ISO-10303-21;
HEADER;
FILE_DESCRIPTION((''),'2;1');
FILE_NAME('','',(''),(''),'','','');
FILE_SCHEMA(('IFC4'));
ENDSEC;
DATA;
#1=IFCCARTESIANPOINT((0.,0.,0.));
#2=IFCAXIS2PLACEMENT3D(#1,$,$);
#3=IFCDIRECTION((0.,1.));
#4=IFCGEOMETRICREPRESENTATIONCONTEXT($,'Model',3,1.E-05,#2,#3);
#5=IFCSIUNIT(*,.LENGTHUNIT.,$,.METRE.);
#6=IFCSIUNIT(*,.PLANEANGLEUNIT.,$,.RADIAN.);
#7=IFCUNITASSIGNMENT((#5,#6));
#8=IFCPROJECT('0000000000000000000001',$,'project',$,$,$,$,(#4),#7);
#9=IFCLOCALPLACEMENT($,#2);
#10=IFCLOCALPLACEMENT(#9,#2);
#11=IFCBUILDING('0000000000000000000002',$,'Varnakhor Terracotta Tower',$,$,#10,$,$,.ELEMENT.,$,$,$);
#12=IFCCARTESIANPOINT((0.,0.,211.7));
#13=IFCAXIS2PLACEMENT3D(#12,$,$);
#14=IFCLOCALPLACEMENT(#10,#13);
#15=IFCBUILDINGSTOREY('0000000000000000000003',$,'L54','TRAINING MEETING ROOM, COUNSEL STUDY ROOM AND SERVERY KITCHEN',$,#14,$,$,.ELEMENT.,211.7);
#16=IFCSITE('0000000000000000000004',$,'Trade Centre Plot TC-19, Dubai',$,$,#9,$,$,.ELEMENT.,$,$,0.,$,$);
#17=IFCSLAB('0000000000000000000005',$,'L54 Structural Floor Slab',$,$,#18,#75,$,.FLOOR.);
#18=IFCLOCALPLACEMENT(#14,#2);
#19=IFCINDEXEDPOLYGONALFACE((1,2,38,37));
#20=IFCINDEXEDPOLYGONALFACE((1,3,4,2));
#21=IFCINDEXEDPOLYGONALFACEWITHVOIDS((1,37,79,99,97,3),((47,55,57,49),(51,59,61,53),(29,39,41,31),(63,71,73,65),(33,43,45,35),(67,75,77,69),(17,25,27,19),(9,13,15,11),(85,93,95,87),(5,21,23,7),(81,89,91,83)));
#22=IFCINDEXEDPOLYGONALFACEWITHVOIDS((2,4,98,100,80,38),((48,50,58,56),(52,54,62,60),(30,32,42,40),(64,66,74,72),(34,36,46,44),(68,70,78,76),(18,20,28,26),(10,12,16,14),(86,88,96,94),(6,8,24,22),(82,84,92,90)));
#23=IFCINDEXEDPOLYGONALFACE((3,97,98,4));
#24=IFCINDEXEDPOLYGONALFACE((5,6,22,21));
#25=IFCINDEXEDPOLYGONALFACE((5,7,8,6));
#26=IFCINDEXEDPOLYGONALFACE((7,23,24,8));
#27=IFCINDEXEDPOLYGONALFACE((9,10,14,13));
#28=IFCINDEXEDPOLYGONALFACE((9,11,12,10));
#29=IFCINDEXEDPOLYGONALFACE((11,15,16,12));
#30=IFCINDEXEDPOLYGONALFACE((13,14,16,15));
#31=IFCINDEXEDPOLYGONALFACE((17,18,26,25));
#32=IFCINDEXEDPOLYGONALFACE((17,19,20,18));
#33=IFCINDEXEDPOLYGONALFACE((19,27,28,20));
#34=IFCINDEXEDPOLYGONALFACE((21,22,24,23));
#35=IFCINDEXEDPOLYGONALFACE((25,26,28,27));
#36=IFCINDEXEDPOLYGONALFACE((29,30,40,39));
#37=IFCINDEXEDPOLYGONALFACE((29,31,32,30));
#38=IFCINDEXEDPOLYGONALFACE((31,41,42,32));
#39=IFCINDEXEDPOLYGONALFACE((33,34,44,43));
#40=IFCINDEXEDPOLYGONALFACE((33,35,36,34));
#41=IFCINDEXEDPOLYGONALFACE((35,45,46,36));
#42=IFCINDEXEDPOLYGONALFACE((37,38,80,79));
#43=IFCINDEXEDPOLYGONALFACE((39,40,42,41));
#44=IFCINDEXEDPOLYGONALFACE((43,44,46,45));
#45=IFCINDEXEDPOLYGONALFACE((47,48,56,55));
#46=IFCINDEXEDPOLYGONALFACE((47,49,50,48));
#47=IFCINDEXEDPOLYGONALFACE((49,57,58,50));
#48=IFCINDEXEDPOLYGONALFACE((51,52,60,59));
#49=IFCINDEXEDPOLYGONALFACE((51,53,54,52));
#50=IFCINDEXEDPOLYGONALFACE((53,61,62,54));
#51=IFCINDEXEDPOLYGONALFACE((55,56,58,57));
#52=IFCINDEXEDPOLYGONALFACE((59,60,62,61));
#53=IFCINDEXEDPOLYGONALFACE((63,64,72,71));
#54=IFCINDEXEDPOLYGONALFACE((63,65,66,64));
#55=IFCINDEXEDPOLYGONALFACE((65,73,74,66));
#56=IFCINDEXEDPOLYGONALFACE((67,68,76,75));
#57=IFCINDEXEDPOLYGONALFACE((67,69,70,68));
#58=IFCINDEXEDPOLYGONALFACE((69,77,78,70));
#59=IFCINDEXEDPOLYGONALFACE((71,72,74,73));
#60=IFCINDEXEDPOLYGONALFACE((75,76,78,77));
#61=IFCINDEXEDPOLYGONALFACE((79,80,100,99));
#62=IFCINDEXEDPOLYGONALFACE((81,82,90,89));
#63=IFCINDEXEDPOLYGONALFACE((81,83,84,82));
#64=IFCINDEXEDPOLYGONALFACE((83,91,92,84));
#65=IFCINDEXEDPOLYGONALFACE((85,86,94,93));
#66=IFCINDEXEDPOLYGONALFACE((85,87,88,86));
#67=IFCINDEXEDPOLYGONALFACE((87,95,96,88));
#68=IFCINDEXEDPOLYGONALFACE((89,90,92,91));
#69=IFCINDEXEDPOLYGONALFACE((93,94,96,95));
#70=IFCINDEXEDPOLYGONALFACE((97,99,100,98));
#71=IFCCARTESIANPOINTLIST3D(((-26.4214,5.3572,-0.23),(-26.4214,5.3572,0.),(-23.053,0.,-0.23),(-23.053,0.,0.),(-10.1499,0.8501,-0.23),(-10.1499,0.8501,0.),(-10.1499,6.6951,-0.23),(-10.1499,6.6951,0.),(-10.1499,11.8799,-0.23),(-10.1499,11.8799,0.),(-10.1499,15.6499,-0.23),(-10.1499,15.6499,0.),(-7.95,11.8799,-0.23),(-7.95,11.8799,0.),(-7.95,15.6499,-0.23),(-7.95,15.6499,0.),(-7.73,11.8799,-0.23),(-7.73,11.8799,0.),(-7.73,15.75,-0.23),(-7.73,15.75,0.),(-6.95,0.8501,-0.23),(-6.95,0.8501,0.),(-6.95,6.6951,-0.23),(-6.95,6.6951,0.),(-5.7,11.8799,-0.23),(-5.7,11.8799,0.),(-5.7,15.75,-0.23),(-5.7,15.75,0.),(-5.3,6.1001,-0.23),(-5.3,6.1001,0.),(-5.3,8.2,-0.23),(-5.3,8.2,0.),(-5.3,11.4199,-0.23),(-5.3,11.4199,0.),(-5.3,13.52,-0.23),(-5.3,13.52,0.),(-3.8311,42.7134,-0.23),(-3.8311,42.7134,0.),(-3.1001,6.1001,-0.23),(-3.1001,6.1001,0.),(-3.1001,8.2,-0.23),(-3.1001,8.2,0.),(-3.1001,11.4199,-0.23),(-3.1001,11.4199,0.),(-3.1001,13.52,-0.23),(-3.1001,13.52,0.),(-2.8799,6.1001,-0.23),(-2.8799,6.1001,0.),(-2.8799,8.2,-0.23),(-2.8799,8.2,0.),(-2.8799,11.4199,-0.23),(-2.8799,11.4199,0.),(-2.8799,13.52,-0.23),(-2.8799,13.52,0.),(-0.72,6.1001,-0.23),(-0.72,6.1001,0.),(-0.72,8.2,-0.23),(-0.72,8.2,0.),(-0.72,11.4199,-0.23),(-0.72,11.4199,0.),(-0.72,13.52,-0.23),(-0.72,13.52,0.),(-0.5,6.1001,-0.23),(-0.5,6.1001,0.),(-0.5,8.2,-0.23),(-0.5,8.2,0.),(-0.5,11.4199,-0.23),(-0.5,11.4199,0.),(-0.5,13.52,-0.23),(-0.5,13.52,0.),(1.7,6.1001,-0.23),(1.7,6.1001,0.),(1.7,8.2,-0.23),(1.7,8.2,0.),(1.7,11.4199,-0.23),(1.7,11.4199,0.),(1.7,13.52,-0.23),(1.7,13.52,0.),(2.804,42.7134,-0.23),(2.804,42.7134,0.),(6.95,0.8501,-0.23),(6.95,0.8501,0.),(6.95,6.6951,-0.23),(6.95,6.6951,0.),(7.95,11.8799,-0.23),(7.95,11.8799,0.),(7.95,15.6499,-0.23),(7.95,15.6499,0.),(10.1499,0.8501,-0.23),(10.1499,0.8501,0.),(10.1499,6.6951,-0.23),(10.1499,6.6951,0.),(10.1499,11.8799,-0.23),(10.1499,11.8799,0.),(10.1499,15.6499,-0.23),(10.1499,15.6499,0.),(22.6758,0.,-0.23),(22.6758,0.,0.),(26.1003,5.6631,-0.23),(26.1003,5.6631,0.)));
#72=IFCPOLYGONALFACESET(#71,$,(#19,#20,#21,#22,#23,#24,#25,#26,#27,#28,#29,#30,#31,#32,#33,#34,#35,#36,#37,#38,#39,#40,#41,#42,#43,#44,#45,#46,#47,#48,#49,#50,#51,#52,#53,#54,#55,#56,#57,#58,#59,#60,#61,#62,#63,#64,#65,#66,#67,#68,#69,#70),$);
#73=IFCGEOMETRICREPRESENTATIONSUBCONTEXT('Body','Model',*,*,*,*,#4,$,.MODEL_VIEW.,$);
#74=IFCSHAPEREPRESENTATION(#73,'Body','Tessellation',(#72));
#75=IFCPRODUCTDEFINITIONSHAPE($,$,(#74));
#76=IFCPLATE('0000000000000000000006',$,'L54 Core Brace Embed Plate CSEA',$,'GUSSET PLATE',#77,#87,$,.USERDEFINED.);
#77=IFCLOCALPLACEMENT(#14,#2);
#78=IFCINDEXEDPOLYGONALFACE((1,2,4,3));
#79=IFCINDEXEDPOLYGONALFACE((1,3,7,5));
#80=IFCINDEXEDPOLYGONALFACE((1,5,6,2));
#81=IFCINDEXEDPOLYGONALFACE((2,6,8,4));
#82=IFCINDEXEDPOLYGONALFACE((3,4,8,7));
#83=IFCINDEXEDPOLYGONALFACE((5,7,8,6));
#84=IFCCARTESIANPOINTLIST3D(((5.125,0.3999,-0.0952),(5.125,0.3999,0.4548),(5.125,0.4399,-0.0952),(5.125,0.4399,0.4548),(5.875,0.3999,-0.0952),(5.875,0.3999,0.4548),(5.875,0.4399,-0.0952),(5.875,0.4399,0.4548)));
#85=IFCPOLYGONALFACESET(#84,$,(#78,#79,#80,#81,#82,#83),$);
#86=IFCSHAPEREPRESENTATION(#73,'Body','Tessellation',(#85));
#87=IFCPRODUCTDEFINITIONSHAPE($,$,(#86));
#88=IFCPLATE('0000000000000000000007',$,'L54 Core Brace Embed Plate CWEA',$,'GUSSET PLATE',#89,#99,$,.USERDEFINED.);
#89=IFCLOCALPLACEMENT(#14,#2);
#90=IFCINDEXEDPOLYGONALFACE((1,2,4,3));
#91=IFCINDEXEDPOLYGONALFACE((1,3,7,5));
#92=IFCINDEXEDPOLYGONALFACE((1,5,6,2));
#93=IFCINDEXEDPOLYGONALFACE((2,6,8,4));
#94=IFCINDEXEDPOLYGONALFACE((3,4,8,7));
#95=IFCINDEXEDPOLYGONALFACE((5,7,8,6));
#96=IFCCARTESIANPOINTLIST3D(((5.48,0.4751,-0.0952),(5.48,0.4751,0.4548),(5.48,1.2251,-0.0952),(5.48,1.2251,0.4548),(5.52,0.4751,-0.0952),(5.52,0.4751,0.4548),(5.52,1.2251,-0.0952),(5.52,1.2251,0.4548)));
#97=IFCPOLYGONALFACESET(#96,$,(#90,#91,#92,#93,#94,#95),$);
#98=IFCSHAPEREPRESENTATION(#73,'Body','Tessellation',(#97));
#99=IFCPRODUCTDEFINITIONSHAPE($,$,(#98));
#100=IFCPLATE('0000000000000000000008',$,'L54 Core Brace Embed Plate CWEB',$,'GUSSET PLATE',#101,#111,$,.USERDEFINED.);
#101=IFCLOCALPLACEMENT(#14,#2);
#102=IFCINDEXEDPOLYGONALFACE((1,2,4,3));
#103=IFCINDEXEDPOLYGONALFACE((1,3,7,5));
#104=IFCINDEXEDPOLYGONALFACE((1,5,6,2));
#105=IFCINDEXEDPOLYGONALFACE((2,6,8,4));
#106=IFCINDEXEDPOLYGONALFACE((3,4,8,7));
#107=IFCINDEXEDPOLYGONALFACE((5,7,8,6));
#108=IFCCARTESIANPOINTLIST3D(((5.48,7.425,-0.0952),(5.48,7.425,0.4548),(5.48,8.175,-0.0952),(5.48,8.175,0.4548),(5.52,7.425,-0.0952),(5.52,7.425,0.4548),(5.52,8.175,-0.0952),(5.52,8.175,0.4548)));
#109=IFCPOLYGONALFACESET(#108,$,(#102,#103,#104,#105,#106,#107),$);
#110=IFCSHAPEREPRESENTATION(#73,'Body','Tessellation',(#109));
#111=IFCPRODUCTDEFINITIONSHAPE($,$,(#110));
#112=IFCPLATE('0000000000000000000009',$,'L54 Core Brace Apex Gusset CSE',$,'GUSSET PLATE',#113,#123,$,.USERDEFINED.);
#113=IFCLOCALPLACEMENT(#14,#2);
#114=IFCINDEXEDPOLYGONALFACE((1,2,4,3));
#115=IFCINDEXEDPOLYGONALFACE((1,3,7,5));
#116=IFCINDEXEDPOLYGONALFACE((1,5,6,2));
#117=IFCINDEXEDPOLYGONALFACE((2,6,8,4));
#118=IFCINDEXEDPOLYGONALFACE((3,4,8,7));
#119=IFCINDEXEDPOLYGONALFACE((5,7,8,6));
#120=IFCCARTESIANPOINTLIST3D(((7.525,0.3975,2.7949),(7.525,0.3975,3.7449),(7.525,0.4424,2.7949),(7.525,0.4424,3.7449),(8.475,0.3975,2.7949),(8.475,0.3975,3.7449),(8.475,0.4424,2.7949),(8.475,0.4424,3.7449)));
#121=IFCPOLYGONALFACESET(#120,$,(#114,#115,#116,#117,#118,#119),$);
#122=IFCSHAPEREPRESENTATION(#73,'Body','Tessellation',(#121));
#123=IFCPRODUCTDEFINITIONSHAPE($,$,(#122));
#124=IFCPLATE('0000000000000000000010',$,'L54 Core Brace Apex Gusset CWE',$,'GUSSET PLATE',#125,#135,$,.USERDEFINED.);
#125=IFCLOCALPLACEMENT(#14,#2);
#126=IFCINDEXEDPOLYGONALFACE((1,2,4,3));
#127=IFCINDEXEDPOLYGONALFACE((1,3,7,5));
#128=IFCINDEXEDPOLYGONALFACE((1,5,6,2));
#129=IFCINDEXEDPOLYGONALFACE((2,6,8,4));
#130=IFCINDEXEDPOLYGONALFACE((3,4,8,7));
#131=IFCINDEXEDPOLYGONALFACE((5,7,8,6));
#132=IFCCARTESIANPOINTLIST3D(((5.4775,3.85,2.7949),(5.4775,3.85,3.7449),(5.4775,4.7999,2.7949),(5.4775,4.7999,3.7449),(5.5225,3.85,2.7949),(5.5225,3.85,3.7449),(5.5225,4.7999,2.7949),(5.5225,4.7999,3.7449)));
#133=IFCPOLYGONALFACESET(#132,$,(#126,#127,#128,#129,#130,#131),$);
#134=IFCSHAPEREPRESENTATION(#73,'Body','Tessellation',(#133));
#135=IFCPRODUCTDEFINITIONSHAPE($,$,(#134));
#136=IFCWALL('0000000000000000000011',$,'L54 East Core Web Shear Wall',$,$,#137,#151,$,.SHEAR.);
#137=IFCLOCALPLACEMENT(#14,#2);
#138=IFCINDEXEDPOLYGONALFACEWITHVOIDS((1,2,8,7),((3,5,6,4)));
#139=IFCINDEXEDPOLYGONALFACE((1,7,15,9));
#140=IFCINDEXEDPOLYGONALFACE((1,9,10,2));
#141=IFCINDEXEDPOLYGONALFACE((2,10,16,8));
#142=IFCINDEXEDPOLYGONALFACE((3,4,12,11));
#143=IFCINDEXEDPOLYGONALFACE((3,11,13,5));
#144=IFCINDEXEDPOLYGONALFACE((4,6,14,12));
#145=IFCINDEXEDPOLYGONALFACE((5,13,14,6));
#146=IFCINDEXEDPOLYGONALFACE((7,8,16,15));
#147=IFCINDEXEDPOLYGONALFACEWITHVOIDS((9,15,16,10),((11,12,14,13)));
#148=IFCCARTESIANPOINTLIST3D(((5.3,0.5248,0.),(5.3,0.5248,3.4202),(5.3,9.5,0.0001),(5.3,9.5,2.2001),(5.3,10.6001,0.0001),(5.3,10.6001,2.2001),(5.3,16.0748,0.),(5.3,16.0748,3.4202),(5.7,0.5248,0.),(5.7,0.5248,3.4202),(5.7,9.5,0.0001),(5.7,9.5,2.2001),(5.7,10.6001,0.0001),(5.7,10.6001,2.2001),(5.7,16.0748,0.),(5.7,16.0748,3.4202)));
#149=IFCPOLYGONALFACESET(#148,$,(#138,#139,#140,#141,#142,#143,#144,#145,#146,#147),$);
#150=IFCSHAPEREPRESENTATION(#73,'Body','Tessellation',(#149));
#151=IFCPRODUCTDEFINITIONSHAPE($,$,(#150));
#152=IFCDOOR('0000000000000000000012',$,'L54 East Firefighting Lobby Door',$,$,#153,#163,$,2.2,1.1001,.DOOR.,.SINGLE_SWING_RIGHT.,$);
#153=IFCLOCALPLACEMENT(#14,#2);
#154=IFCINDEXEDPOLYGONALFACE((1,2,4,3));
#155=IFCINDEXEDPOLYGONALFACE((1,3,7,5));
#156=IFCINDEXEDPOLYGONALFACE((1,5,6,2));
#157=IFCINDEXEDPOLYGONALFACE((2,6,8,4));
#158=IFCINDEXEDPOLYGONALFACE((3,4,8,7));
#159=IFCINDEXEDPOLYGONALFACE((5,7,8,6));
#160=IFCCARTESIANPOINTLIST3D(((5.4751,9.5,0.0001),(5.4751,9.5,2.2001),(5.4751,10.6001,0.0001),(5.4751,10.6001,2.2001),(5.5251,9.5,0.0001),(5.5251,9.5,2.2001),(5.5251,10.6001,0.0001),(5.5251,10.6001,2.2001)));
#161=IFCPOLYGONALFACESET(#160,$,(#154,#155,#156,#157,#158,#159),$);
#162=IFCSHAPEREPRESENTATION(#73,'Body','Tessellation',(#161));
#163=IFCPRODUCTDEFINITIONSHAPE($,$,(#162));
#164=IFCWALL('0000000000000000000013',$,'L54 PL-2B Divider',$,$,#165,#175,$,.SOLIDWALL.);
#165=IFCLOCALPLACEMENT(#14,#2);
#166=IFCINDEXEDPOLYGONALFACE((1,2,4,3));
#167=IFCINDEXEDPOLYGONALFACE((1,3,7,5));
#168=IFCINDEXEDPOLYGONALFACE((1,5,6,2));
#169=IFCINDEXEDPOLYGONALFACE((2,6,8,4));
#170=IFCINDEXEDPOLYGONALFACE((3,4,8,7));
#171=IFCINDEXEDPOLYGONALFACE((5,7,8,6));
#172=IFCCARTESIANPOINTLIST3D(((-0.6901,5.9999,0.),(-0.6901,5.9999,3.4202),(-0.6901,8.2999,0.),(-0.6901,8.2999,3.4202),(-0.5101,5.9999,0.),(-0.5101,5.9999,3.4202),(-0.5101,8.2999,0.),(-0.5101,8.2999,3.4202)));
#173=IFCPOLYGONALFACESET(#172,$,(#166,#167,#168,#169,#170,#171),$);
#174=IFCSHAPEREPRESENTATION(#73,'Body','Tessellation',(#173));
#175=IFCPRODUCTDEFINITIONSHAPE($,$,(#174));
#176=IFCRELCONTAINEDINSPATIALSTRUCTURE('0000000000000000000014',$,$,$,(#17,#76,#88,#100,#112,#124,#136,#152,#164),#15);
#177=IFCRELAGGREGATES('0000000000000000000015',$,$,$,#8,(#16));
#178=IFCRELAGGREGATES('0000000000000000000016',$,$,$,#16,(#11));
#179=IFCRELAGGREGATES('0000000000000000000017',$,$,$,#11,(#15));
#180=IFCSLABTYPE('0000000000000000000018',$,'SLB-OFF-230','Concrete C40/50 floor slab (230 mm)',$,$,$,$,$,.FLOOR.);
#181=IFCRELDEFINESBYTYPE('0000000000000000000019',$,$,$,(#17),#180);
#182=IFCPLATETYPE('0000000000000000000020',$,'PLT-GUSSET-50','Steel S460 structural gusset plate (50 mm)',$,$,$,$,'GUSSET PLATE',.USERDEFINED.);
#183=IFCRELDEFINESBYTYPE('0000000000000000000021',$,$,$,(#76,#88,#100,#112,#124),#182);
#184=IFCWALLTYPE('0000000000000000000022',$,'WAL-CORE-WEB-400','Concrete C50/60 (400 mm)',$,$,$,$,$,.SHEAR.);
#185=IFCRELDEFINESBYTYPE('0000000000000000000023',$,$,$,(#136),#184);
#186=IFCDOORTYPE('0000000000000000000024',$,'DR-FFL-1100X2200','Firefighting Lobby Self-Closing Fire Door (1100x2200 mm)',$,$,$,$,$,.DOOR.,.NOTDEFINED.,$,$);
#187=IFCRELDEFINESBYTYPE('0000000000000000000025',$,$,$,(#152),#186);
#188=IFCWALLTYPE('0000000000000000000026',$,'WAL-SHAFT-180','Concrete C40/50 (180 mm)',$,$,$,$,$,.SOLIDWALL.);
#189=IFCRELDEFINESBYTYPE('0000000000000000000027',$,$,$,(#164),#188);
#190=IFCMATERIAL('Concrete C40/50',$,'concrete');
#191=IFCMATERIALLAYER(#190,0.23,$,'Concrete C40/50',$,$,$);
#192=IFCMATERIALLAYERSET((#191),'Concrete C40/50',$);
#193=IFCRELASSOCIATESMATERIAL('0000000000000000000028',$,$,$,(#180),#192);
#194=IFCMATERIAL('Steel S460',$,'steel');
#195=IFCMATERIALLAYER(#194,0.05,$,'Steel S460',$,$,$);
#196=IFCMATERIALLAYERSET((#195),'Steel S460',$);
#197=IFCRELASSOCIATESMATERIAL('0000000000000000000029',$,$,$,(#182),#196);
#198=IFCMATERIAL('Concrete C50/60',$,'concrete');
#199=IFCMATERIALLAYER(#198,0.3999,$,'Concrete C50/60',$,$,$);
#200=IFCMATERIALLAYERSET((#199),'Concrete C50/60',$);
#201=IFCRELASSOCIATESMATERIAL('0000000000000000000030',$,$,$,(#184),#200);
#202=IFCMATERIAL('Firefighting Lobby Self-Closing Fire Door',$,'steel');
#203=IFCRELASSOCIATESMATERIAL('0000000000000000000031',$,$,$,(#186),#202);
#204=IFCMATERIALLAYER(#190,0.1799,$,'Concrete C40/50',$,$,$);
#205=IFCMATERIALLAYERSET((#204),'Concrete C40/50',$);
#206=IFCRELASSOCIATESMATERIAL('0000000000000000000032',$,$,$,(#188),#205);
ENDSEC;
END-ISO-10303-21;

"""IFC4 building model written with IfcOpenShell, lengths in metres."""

from ifc_helpers import new_model, si_unit, direction, frame, frame_2d, origin, origin_2d, place, context, subcontext, project, spatial, polyline, rectangle, outline, extrude, source, transform, mapped, material, layer, layer_set, type_object, type_shapes, element, fill, save


model = new_model("IFC4")

# Units and contexts
model_context = context("Model", 3, precision=1e-05, world=origin(), true_north=direction((0.0, 1.0)))
body_context = subcontext(model_context, "Body", "Model", "MODEL_VIEW")
ifc_project = project(units=[si_unit("LENGTHUNIT", "METRE"), si_unit("PLANEANGLEUNIT", "RADIAN")], contexts=[model_context])

# Site, building, storey
site_placement = place(None, origin())
site = spatial("IfcSite", under=ifc_project, at=site_placement, Name="Trade Centre Plot TC-19, Dubai", CompositionType="ELEMENT", RefElevation=0.0)
building_placement = place(site_placement, origin())
building = spatial("IfcBuilding", under=site, at=building_placement, Name="Varnakhor Terracotta Tower", CompositionType="ELEMENT")
storey_placement = place(building_placement, frame((0.0, 0.0, 211.7)))
storey = spatial("IfcBuildingStorey", under=building, at=storey_placement, Name="L54", Description="TRAINING MEETING ROOM, COUNSEL STUDY ROOM AND SERVERY KITCHEN", CompositionType="ELEMENT", Elevation=211.7)

# Shared definitions
ifc_material_1 = material(Name="Concrete C50/60", Category="concrete")

# Shared definitions
ifc_material_2 = material(Name="Steel S460", Category="steel")

# Shared definitions
ifc_material_3 = material(Name="Concrete C40/50", Category="concrete")

# Slab
ifc_layer_1 = layer(ifc_material_3, 0.23, Name="Concrete C40/50")
ifc_layer_set_1 = layer_set([ifc_layer_1], Name="Concrete C40/50")
slab_type_1 = type_object("IfcSlabType", Name="SLB-OFF-230", Description="Concrete C40/50 floor slab (230 mm)", PredefinedType="FLOOR", material=ifc_layer_set_1)
slab_1_placement = place(storey_placement, frame((0.0, 0.0, -0.23)))
element("IfcSlab", 1, at=slab_1_placement, inside=storey, type_object=slab_type_1, Name="L54 Structural Floor Slab", PredefinedType="FLOOR", context=body_context, shape_type="SweptSolid", body=[
    extrude(outline(polyline([(-26.4214, 5.3572), (-3.8311, 42.7134), (2.804, 42.7134), (26.1003, 5.6631), (22.6758, 0.0), (-23.053, 0.0), (-26.4214, 5.3572)]), holes=[polyline([(-6.95, 0.8501), (-6.95, 6.6951), (-10.1499, 6.6951), (-10.1499, 0.8501), (-6.95, 0.8501)]), polyline([(-3.1001, 6.1001), (-3.1001, 8.2), (-5.3, 8.2), (-5.3, 6.1001), (-3.1001, 6.1001)]), polyline([(-0.72, 6.1001), (-0.72, 8.2), (-2.8799, 8.2), (-2.8799, 6.1001), (-0.72, 6.1001)]), polyline([(-5.3, 11.4199), (-3.1001, 11.4199), (-3.1001, 13.52), (-5.3, 13.52), (-5.3, 11.4199)]), polyline([(-10.1499, 11.8799), (-7.95, 11.8799), (-7.95, 15.6499), (-10.1499, 15.6499), (-10.1499, 11.8799)]), polyline([(-5.7, 11.8799), (-5.7, 15.75), (-7.73, 15.75), (-7.73, 11.8799), (-5.7, 11.8799)]), polyline([(6.95, 0.8501), (10.1499, 0.8501), (10.1499, 6.6951), (6.95, 6.6951), (6.95, 0.8501)]), polyline([(-0.5, 6.1001), (1.7, 6.1001), (1.7, 8.2), (-0.5, 8.2), (-0.5, 6.1001)]), polyline([(-0.72, 11.4199), (-0.72, 13.52), (-2.8799, 13.52), (-2.8799, 11.4199), (-0.72, 11.4199)]), polyline([(-0.5, 11.4199), (1.7, 11.4199), (1.7, 13.52), (-0.5, 13.52), (-0.5, 11.4199)]), polyline([(7.95, 11.8799), (10.1499, 11.8799), (10.1499, 15.6499), (7.95, 15.6499), (7.95, 11.8799)])]), origin(), (0.0, 0.0, 1.0), 0.23),
])

# Plates
ifc_layer_2 = layer(ifc_material_2, 0.05, Name="Steel S460")
ifc_layer_set_2 = layer_set([ifc_layer_2], Name="Steel S460")
plate_type = type_object("IfcPlateType", Name="PLT-GUSSET-50", Description="Steel S460 structural gusset plate (50 mm)", ElementType="GUSSET PLATE", PredefinedType="USERDEFINED", material=ifc_layer_set_2)
shared_shape_1 = source(origin(), body_context, "Body", "SweptSolid", [
    extrude(rectangle(XDim=0.75, YDim=0.04, at=origin_2d()), origin(), (0.0, 0.0, 1.0), 0.55),
])
type_shapes(plate_type, [shared_shape_1])
for number, where, z_axis, x_axis, name in (
    (2, (5.5, 0.4199, -0.0952), (0.0, 0.0, 1.0), (1.0, 0.0, 0.0), "L54 Core Brace Embed Plate CSEA"),
    (3, (5.5, 0.8501, -0.0952), (0.0, 0.0, 1.0), (0.0, 1.0, 0.0), "L54 Core Brace Embed Plate CWEA"),
    (4, (5.5, 7.8, -0.0952), (0.0, 0.0, 1.0), (0.0, 1.0, 0.0), "L54 Core Brace Embed Plate CWEB"),
):
    element("IfcPlate", number, at=place(storey_placement, frame(where, z_axis=z_axis, x_axis=x_axis)), inside=storey, type_object=plate_type, Name=name, ObjectType="GUSSET PLATE", PredefinedType="USERDEFINED", context=body_context, shape_type="MappedRepresentation", body=[
        mapped(shared_shape_1, transform((0.0, 0.0, 0.0), scale=1.0)),
    ])
shared_shape_2 = source(origin(), body_context, "Body", "SweptSolid", [
    extrude(rectangle(XDim=0.95, YDim=0.0449, at=origin_2d()), origin(), (0.0, 0.0, 1.0), 0.95),
])
for number, where, z_axis, x_axis, name in (
    (5, (8.0, 0.4199, 2.7949), (0.0, 0.0, 1.0), (1.0, 0.0, 0.0), "L54 Core Brace Apex Gusset CSE"),
    (6, (5.5, 4.325, 2.7949), (0.0, 0.0, 1.0), (0.0, 1.0, 0.0), "L54 Core Brace Apex Gusset CWE"),
):
    element("IfcPlate", number, at=place(storey_placement, frame(where, z_axis=z_axis, x_axis=x_axis)), inside=storey, type_object=plate_type, Name=name, ObjectType="GUSSET PLATE", PredefinedType="USERDEFINED", context=body_context, shape_type="MappedRepresentation", body=[
        mapped(shared_shape_2, transform((0.0, 0.0, 0.0), scale=1.0)),
    ])

# Wall, opening, door
ifc_layer_3 = layer(ifc_material_1, 0.3999, Name="Concrete C50/60")
ifc_layer_set_3 = layer_set([ifc_layer_3], Name="Concrete C50/60")
wall_type_1 = type_object("IfcWallType", Name="WAL-CORE-WEB-400", Description="Concrete C50/60 (400 mm)", PredefinedType="SHEAR", material=ifc_layer_set_3)
wall_1_placement = place(storey_placement, frame((5.5, 0.5249, 0.0), z_axis=(0.0, 0.0, 1.0), x_axis=(0.0, 1.0, 0.0)))
wall_1 = element("IfcWall", 7, at=wall_1_placement, inside=storey, type_object=wall_type_1, Name="L54 East Core Web Shear Wall", PredefinedType="SHEAR", context=body_context, shape_type="SweptSolid", body=[
    extrude(rectangle(XDim=15.55, YDim=0.3999, at=frame_2d((7.7749, 0.0))), origin(), (0.0, 0.0, 1.0), 3.4202),
])
opening_1_placement = place(wall_1_placement, frame((8.9751, 0.0, 0.0)))
opening_1 = element("IfcOpeningElement", 8, at=opening_1_placement, cuts=wall_1, PredefinedType="OPENING", context=body_context, shape_type="SweptSolid", body=[
    extrude(rectangle(XDim=1.1001, YDim=2.2, at=frame_2d((0.55, 1.1001))), frame((0.0, 0.21, 0.0), z_axis=(0.0, -1.0, 0.0), x_axis=(1.0, 0.0, 0.0)), (0.0, 0.0, 1.0), 0.4199),
])
ifc_material_4 = material(Name="Firefighting Lobby Self-Closing Fire Door", Category="steel")
door_type_1 = type_object("IfcDoorType", Name="DR-FFL-1100X2200", Description="Firefighting Lobby Self-Closing Fire Door (1100x2200 mm)", OperationType="NOTDEFINED", PredefinedType="DOOR", material=ifc_material_4)
shared_shape_3 = source(origin(), body_context, "Body", "SweptSolid", [
    extrude(rectangle(XDim=1.1001, YDim=2.2, at=frame_2d((0.55, 1.1001))), frame((0.0, 0.0249, 0.0), z_axis=(0.0, -1.0, 0.0), x_axis=(1.0, 0.0, 0.0)), (0.0, 0.0, 1.0), 0.05),
])
type_shapes(door_type_1, [shared_shape_3])
door_1_placement = place(opening_1_placement, origin())
door_1 = element("IfcDoor", 9, at=door_1_placement, inside=storey, type_object=door_type_1, Name="L54 East Firefighting Lobby Door", OperationType="SINGLE_SWING_RIGHT", OverallHeight=2.2, OverallWidth=1.1001, PredefinedType="DOOR", context=body_context, shape_type="MappedRepresentation", body=[
    mapped(shared_shape_3, transform((0.0, 0.0, 0.0), scale=1.0)),
])
fill(opening_1, door_1)

# Wall
ifc_layer_4 = layer(ifc_material_3, 0.1799, Name="Concrete C40/50")
ifc_layer_set_4 = layer_set([ifc_layer_4], Name="Concrete C40/50")
wall_type_2 = type_object("IfcWallType", Name="WAL-SHAFT-180", Description="Concrete C40/50 (180 mm)", PredefinedType="SOLIDWALL", material=ifc_layer_set_4)
wall_2_placement = place(storey_placement, frame((-0.6001, 6.0, 0.0), z_axis=(0.0, 0.0, 1.0), x_axis=(0.0, 1.0, 0.0)))
element("IfcWall", 10, at=wall_2_placement, inside=storey, type_object=wall_type_2, Name="L54 PL-2B Divider", PredefinedType="SOLIDWALL", context=body_context, shape_type="SweptSolid", body=[
    extrude(rectangle(XDim=2.3, YDim=0.1799, at=frame_2d((1.1499, 0.0))), origin(), (0.0, 0.0, 1.0), 3.4202),
])

save(model, "model.ifc")
